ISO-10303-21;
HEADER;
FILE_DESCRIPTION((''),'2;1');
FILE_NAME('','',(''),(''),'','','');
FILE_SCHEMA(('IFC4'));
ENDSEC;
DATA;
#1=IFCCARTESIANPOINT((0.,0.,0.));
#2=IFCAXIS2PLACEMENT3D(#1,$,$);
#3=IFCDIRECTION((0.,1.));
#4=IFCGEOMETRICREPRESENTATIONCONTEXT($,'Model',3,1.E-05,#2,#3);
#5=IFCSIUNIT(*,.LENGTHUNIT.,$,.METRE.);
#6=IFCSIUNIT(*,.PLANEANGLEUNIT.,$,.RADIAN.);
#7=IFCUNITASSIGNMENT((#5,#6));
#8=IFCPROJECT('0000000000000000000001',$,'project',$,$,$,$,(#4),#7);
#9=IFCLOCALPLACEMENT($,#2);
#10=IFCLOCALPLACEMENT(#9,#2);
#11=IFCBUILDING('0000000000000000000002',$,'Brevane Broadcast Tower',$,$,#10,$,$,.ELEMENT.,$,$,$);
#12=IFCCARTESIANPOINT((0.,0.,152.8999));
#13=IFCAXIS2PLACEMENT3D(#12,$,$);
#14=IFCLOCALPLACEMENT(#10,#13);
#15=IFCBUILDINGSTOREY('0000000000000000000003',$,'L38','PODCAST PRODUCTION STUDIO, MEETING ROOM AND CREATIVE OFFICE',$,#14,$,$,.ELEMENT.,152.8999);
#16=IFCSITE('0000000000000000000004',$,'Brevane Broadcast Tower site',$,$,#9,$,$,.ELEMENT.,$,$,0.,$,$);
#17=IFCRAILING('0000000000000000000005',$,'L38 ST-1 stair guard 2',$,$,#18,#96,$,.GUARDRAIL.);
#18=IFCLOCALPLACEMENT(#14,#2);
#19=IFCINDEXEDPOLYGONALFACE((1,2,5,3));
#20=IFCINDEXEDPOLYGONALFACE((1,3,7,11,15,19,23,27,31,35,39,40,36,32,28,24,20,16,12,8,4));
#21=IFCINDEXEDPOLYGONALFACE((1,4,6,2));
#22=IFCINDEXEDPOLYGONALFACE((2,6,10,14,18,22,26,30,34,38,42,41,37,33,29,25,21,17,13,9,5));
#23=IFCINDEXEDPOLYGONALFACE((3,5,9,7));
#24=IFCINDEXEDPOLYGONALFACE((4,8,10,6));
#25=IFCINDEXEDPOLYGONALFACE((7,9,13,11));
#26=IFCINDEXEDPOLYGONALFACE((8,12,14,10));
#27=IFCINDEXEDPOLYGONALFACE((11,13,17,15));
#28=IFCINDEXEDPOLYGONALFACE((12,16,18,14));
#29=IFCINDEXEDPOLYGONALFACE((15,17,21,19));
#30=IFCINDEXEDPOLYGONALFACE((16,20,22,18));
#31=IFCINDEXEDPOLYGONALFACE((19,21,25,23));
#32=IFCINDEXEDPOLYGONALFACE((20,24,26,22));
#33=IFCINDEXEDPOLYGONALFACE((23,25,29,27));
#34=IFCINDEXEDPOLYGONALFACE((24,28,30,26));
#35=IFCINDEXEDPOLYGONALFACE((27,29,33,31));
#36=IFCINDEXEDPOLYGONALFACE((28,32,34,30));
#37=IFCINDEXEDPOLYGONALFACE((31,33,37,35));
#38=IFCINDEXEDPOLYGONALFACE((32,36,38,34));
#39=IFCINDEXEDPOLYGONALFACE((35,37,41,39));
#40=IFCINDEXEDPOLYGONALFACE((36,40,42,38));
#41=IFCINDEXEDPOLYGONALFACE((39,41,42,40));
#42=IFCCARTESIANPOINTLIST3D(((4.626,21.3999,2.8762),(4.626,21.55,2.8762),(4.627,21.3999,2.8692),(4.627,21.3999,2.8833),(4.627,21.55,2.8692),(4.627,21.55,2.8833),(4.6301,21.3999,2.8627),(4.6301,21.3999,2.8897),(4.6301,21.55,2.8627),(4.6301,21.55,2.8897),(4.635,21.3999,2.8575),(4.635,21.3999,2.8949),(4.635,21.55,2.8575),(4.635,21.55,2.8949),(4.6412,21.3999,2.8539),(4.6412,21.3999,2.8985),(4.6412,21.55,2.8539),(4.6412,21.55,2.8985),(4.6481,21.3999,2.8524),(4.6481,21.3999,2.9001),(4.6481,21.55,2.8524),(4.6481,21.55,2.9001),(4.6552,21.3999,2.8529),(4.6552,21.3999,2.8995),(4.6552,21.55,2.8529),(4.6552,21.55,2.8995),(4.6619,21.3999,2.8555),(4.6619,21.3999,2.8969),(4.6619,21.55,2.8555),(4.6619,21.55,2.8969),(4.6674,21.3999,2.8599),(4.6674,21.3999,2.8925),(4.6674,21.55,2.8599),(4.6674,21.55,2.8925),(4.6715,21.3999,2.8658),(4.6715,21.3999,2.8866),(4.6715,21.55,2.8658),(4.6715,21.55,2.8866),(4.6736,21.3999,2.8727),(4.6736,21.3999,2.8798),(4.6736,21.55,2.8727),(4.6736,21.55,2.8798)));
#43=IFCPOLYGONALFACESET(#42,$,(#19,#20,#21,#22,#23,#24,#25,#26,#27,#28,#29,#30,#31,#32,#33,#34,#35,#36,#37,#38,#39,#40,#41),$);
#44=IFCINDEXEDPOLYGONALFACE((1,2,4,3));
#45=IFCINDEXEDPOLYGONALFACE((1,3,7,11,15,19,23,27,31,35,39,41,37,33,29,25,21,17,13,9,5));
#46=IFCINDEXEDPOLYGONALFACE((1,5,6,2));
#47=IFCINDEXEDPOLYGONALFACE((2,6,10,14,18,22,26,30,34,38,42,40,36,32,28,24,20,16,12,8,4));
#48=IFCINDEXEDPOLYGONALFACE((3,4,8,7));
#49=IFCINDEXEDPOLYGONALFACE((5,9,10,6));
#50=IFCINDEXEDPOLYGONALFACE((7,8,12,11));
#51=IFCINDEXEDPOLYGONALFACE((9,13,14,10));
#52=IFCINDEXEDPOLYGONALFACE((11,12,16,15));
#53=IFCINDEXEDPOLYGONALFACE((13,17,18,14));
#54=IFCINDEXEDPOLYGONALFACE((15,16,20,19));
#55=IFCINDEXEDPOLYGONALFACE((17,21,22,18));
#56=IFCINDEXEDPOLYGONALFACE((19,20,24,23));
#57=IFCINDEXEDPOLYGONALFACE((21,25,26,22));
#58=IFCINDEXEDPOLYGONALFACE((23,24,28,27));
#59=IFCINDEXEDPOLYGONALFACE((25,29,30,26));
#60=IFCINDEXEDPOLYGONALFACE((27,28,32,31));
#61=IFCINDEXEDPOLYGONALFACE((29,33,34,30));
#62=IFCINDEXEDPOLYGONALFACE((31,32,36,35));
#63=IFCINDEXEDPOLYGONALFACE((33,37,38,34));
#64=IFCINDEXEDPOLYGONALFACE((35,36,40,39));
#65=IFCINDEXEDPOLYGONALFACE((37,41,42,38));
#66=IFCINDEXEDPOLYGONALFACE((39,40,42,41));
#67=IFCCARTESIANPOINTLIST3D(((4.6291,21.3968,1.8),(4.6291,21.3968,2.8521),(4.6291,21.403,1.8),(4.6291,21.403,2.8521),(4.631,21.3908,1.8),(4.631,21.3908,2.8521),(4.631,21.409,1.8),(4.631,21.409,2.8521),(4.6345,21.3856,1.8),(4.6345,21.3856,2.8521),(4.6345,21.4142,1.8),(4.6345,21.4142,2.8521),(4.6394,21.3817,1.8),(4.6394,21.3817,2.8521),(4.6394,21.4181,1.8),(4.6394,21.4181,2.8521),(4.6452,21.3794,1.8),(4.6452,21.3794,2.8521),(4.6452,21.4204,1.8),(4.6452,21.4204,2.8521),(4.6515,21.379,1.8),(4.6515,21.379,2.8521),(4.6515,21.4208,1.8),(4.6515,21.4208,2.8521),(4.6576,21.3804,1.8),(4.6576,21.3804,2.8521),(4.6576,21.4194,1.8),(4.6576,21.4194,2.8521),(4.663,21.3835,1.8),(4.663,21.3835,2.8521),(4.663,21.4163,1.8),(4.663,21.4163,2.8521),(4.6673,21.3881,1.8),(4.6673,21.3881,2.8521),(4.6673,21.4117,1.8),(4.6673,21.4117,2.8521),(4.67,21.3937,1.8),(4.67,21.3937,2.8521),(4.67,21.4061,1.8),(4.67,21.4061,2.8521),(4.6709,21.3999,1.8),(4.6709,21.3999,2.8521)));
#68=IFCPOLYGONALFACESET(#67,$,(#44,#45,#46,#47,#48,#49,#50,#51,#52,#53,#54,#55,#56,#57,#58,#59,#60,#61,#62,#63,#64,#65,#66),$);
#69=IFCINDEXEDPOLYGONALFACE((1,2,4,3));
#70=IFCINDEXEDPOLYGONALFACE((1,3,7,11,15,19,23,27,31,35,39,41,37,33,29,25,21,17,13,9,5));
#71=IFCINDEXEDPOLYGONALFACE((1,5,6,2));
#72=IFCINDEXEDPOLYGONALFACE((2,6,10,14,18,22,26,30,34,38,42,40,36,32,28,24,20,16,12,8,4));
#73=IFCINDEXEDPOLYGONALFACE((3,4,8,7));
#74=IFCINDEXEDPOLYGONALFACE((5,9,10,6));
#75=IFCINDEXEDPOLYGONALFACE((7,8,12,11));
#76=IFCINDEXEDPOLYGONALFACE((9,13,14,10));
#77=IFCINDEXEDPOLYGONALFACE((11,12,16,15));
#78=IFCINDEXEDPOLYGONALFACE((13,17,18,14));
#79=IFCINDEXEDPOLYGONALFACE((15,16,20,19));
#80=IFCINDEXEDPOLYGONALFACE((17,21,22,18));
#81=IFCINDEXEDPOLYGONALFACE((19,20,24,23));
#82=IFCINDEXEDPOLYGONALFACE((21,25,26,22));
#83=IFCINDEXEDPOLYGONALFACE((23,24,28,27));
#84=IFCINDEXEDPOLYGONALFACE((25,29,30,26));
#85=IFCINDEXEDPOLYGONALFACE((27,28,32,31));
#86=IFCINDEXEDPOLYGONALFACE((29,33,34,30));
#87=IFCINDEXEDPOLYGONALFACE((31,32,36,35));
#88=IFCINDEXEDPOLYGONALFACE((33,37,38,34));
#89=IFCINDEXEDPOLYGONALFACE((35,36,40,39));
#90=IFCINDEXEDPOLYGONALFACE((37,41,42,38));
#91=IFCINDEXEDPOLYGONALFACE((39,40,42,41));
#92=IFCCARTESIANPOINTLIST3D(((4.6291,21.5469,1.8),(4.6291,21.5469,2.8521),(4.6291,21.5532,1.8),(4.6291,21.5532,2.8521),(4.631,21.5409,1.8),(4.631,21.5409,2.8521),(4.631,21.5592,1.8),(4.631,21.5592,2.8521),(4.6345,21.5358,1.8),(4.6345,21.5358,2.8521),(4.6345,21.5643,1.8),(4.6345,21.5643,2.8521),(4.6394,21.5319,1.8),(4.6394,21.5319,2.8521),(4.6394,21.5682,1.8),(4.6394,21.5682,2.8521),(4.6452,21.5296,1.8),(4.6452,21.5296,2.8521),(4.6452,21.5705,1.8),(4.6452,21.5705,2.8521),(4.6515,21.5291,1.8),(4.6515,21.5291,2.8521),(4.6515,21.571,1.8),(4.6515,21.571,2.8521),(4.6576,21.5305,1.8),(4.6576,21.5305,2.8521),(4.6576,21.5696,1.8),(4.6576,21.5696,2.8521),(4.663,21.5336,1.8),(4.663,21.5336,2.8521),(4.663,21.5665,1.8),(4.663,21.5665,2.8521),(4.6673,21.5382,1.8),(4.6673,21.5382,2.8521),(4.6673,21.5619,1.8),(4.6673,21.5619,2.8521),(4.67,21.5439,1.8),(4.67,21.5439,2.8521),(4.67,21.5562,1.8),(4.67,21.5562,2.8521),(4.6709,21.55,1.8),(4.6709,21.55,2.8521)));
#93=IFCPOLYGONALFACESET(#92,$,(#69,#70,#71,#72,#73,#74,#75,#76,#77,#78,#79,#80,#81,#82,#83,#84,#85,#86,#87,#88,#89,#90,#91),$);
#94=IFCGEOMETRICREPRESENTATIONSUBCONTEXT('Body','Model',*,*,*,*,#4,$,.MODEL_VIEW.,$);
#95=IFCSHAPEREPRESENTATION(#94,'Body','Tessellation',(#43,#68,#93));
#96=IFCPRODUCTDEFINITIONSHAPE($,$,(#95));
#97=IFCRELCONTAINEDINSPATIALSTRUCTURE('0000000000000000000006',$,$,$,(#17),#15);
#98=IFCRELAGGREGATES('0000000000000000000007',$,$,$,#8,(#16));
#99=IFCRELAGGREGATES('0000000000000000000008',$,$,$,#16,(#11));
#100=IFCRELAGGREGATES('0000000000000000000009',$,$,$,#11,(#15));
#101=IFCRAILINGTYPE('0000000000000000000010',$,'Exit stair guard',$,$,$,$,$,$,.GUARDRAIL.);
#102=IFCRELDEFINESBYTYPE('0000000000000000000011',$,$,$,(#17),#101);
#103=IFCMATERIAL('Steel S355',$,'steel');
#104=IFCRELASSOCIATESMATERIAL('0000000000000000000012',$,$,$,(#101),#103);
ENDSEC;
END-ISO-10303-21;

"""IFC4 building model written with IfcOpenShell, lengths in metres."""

from ifc_helpers import new_model, si_unit, direction, frame, origin, origin_2d, place, context, subcontext, project, spatial, circle, extrude, material, type_object, element, save


model = new_model("IFC4")

# Units and contexts
model_context = context("Model", 3, precision=1e-05, world=origin(), true_north=direction((0.0, 1.0)))
body_context = subcontext(model_context, "Body", "Model", "MODEL_VIEW")
ifc_project = project(units=[si_unit("LENGTHUNIT", "METRE"), si_unit("PLANEANGLEUNIT", "RADIAN")], contexts=[model_context])

# Site, building, storey
site_placement = place(None, origin())
site = spatial("IfcSite", under=ifc_project, at=site_placement, Name="Brevane Broadcast Tower site", CompositionType="ELEMENT", RefElevation=0.0)
building_placement = place(site_placement, origin())
building = spatial("IfcBuilding", under=site, at=building_placement, Name="Brevane Broadcast Tower", CompositionType="ELEMENT")
storey_placement = place(building_placement, frame((0.0, 0.0, 152.8999)))
storey = spatial("IfcBuildingStorey", under=building, at=storey_placement, Name="L38", Description="PODCAST PRODUCTION STUDIO, MEETING ROOM AND CREATIVE OFFICE", CompositionType="ELEMENT", Elevation=152.8999)

# Railing
ifc_material_1 = material(Name="Steel S355", Category="steel")
railing_type_1 = type_object("IfcRailingType", Name="Exit stair guard", PredefinedType="GUARDRAIL", material=ifc_material_1)
railing_1_placement = place(storey_placement, frame((4.6499, 21.3999, 1.8)))
element("IfcRailing", 1, at=railing_1_placement, inside=storey, type_object=railing_type_1, Name="L38 ST-1 stair guard 2", PredefinedType="GUARDRAIL", context=body_context, shape_type="SweptSolid", body=[
    extrude(circle(Radius=0.0239, at=origin_2d()), frame((0.0, 0.0, 1.0762), z_axis=(0.0, 1.0, 0.0), x_axis=(-1.0, 0.0, 0.0)), (0.0, 0.0, 1.0), 0.1501),
    extrude(circle(Radius=0.021, at=origin_2d()), origin(), (0.0, 0.0, 1.0), 1.052),
    extrude(circle(Radius=0.021, at=origin_2d()), frame((0.0, 0.1501, 0.0)), (0.0, 0.0, 1.0), 1.052),
])

save(model, "model.ifc")
